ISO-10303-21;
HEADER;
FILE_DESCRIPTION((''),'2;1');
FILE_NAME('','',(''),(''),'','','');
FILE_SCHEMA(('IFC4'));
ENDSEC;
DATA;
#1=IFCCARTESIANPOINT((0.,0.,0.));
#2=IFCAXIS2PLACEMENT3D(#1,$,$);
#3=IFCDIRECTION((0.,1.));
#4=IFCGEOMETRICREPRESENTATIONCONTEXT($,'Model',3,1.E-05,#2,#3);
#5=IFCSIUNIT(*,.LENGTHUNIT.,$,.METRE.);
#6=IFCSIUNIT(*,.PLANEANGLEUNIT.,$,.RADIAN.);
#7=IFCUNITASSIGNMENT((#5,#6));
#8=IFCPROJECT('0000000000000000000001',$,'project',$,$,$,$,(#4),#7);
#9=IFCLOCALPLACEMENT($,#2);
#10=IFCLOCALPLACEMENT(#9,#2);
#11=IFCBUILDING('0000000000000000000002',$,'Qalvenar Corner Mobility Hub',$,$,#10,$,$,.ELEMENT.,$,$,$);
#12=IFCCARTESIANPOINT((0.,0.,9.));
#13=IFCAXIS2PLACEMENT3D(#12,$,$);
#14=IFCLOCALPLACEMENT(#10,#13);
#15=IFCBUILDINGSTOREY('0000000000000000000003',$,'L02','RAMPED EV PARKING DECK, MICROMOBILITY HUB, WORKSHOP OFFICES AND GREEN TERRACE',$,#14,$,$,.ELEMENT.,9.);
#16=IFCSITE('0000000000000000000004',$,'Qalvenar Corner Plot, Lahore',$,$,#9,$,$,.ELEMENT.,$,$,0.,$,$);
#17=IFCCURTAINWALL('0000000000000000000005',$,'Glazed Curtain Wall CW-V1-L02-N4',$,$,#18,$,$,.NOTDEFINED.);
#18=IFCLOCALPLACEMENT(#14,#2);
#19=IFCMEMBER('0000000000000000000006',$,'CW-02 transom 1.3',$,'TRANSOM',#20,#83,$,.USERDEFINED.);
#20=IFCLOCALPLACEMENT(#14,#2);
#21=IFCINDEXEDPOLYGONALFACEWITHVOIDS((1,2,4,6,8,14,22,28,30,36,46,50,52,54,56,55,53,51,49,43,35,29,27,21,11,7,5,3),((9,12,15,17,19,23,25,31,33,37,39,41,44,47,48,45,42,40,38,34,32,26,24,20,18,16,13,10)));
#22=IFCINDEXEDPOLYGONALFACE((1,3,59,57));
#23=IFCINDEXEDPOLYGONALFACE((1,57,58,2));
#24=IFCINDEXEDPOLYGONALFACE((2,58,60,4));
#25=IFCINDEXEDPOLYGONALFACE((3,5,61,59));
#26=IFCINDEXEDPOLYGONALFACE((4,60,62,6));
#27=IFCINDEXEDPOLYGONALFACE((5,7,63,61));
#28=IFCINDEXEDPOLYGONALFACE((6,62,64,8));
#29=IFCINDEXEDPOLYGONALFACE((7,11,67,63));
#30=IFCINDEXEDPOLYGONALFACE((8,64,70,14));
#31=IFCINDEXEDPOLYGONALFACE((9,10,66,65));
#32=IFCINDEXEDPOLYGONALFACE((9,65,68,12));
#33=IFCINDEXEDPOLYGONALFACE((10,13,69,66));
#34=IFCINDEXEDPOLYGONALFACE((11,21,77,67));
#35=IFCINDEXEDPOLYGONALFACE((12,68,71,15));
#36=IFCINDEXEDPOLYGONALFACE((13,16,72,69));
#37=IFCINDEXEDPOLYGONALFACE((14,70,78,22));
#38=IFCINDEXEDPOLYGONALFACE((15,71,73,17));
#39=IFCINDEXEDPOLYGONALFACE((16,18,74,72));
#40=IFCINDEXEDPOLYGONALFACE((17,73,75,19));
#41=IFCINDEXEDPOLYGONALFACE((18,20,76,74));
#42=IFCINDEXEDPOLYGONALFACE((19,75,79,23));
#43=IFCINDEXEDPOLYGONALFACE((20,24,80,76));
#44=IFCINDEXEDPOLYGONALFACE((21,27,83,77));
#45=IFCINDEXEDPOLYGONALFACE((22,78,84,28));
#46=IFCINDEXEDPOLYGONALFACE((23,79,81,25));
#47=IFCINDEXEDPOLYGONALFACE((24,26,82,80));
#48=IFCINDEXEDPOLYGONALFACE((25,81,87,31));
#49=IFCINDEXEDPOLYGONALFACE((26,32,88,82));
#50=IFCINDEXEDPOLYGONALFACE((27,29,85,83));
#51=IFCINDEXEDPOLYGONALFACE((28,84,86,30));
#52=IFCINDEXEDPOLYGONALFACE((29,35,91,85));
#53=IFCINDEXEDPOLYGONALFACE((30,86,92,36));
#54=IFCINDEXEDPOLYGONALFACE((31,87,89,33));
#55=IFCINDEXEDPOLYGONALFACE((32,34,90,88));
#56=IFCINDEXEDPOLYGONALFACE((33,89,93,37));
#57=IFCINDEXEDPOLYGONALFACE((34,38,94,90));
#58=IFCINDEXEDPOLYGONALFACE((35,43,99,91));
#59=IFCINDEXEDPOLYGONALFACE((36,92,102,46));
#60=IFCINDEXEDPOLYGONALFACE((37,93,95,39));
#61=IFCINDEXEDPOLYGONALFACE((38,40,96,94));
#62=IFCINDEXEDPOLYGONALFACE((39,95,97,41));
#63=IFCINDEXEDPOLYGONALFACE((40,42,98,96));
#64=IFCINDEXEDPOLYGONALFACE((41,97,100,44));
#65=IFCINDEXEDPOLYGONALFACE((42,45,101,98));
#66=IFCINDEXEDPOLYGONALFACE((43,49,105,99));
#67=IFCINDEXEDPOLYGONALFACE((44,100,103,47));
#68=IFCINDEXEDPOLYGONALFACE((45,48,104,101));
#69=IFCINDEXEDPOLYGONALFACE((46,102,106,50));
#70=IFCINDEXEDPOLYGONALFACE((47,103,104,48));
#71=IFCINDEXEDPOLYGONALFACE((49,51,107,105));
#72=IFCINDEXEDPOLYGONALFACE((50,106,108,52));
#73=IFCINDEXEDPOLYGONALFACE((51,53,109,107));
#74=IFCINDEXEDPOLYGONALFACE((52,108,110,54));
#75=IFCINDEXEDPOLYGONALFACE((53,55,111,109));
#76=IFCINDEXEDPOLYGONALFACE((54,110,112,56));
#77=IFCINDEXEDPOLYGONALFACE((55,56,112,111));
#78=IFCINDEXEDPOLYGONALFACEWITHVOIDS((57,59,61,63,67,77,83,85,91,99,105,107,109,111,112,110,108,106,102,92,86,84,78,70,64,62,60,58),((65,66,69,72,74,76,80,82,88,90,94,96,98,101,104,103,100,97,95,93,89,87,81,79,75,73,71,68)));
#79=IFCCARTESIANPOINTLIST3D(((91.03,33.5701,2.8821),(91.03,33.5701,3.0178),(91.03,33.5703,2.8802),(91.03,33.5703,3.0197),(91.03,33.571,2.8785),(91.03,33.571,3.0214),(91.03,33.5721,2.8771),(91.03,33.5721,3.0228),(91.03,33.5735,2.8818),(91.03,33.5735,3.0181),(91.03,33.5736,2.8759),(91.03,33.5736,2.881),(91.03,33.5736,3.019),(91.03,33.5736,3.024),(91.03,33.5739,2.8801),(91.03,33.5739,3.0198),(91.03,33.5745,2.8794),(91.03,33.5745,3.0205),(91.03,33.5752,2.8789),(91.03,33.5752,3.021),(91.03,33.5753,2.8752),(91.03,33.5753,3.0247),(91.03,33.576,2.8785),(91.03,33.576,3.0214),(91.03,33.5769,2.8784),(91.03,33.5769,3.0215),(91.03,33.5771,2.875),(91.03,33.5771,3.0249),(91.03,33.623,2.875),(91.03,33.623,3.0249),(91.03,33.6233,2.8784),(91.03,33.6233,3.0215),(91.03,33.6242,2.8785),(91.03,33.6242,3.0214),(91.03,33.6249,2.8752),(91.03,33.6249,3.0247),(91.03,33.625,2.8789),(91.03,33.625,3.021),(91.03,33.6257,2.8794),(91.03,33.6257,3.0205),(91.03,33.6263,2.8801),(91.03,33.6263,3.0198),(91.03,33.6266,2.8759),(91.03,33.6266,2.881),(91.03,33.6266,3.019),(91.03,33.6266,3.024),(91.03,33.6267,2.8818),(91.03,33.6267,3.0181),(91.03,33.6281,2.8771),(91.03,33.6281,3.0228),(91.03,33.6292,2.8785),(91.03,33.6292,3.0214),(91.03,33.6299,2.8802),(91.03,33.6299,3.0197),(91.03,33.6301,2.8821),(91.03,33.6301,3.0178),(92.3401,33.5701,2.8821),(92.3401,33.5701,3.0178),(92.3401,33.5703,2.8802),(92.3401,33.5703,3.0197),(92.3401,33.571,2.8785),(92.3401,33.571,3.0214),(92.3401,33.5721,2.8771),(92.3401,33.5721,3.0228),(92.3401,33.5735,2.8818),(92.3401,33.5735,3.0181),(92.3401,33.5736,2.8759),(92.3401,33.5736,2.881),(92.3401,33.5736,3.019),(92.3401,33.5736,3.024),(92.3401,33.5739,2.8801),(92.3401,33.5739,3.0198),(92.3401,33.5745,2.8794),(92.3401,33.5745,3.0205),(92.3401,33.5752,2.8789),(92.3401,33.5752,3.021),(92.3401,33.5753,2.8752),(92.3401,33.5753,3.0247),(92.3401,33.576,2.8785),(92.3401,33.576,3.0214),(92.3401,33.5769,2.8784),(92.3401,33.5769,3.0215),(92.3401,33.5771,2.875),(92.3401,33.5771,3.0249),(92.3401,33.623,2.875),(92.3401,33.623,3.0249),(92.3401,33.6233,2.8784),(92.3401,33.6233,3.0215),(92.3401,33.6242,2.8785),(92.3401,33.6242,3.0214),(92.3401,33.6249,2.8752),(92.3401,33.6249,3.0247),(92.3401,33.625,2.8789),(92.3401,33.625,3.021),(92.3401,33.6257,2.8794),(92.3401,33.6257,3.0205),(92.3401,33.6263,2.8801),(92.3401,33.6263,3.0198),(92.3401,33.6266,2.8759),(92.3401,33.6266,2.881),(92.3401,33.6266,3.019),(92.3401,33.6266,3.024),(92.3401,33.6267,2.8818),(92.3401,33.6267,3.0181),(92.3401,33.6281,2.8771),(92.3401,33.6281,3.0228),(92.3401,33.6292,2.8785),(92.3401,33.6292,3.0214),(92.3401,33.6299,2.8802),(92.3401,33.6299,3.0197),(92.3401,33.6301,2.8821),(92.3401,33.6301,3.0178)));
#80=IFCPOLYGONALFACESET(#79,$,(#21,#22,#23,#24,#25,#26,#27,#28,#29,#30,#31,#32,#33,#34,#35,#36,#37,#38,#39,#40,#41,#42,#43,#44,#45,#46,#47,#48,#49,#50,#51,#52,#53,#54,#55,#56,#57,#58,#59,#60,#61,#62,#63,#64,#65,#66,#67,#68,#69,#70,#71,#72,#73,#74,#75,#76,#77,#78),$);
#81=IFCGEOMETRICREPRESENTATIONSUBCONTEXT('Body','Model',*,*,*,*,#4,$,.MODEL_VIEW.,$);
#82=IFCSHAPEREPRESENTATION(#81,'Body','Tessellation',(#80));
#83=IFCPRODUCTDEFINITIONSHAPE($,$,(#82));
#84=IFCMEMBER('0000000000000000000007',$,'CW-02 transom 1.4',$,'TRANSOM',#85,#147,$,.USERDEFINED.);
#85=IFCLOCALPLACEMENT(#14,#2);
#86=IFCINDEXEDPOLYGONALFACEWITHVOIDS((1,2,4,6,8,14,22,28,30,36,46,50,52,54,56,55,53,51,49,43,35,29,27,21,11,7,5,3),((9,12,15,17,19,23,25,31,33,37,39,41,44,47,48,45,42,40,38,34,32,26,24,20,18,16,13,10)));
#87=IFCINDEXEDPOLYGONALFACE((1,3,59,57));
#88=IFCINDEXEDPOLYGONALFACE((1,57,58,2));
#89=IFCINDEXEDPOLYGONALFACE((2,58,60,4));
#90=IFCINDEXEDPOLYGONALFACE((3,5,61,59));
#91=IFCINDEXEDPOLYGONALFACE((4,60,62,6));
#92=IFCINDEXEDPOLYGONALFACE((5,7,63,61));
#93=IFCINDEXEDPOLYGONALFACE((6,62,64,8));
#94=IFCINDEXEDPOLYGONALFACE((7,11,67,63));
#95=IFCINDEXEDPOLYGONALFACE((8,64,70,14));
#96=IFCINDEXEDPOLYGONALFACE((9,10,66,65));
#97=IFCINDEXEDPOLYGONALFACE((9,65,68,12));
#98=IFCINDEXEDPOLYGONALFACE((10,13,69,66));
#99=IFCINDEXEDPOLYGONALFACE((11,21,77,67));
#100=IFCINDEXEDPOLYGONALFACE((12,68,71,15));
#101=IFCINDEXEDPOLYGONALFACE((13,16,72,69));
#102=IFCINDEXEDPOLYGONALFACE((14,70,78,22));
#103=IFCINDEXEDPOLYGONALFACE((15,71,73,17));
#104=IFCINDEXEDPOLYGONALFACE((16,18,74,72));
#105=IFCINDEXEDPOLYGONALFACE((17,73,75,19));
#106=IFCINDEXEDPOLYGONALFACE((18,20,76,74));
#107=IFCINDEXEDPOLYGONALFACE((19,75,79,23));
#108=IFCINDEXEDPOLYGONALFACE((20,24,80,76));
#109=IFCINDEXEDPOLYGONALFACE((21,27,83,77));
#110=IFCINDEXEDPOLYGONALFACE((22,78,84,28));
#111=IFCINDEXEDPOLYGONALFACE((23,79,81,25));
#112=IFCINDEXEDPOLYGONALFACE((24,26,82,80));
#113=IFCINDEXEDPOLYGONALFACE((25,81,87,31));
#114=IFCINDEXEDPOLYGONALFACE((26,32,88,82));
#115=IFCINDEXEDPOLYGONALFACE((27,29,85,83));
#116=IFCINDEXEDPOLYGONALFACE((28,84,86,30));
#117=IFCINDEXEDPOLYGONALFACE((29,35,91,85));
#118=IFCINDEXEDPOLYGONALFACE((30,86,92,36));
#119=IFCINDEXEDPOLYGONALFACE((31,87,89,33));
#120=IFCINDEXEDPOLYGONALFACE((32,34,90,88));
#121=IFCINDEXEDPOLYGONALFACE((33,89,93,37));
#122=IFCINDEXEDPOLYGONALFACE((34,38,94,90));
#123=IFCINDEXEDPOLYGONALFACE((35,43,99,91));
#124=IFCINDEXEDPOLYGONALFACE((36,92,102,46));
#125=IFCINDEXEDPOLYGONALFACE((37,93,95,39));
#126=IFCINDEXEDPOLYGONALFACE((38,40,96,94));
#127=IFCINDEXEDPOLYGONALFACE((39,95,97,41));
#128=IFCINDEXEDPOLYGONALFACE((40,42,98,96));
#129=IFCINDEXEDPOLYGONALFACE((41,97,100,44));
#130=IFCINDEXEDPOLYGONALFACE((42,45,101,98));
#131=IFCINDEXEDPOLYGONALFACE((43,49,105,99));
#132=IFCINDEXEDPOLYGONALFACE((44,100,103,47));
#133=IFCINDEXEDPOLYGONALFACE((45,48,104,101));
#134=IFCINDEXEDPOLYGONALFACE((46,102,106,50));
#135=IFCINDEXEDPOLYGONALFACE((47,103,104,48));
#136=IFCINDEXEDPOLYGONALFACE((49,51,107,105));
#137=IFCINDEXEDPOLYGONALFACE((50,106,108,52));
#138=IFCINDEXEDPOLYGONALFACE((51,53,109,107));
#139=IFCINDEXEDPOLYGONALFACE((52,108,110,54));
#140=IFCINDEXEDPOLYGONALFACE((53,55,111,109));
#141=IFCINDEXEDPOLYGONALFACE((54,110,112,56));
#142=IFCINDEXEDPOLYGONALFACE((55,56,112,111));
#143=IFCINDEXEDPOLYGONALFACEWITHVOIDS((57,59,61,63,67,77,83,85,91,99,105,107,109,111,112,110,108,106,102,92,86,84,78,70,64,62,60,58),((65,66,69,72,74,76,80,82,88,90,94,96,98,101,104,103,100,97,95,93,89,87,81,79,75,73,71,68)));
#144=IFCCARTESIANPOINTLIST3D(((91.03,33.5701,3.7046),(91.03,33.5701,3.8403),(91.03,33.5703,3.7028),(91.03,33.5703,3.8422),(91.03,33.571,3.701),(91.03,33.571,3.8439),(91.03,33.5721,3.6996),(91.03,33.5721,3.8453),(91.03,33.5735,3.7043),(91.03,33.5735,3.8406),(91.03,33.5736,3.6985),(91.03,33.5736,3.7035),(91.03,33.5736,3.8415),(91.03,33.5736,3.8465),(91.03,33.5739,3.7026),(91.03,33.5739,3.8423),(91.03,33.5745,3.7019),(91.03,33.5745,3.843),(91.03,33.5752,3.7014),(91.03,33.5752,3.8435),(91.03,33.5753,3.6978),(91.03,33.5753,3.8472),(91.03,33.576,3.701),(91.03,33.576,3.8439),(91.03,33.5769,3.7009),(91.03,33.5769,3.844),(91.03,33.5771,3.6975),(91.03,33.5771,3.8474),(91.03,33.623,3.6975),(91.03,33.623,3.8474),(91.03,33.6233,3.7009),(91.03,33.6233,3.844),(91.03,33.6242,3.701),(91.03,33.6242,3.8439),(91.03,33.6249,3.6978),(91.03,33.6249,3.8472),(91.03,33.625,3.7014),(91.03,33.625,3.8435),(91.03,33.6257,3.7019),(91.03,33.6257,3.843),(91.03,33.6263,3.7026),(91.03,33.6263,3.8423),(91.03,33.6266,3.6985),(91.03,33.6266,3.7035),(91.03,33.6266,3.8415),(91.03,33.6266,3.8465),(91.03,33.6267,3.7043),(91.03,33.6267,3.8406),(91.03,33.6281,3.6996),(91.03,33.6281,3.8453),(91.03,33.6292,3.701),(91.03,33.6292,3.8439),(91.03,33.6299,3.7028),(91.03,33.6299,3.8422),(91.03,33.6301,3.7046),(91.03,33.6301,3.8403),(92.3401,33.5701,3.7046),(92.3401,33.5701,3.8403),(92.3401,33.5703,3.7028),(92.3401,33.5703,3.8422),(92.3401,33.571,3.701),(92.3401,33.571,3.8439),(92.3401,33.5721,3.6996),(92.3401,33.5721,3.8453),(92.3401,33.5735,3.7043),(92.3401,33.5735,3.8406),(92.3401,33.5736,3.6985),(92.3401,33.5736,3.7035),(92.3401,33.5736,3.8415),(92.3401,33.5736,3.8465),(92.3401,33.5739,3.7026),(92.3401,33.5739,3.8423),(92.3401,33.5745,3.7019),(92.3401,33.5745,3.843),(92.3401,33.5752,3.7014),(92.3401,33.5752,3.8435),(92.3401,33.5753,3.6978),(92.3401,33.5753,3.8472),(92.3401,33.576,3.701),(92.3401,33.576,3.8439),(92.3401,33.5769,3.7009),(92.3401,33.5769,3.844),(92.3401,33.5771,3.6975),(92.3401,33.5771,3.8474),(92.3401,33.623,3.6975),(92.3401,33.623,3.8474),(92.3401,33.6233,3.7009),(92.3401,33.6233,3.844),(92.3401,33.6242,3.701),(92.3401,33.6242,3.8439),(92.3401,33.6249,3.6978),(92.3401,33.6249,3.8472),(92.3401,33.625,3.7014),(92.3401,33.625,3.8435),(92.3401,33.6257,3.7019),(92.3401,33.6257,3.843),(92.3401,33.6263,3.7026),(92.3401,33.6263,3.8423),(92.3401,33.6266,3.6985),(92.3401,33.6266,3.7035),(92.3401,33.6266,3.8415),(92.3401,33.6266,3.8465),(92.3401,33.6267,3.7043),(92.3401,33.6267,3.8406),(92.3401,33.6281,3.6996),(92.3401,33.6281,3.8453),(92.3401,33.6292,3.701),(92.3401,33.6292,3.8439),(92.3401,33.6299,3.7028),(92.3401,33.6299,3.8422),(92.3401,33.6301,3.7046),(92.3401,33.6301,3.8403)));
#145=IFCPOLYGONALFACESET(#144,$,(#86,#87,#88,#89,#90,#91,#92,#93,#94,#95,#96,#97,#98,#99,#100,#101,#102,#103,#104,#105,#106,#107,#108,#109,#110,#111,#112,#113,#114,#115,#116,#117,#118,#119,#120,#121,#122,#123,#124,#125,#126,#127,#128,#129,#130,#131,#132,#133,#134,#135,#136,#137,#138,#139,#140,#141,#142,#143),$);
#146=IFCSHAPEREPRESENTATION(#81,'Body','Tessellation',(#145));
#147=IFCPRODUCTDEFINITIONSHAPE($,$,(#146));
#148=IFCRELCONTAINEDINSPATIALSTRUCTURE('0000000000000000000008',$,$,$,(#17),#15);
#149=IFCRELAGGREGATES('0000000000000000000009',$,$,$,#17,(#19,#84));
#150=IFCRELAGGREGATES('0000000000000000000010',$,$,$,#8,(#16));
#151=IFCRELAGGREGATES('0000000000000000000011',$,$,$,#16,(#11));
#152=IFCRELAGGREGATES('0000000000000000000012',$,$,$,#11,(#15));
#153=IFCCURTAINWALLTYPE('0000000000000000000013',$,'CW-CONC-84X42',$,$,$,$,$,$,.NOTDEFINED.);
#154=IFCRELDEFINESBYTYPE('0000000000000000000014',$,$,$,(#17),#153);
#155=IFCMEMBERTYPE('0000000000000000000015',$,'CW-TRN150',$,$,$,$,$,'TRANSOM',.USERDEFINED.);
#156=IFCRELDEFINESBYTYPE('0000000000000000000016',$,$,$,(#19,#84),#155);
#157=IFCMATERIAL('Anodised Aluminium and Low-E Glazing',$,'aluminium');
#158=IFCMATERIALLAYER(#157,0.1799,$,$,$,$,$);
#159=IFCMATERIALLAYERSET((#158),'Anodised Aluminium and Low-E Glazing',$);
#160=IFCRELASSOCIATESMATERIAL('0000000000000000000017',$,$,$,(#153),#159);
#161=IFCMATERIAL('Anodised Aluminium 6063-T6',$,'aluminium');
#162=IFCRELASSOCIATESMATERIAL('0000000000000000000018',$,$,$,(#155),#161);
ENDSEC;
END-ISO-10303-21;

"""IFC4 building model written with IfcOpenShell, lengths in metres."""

from ifc_helpers import new_model, si_unit, direction, frame, origin, origin_2d, place, context, subcontext, project, spatial, hollow_rectangle, extrude, material, layer, layer_set, material_profile, profile_set, type_object, element, aggregate, save


model = new_model("IFC4")

# Units and contexts
model_context = context("Model", 3, precision=1e-05, world=origin(), true_north=direction((0.0, 1.0)))
body_context = subcontext(model_context, "Body", "Model", "MODEL_VIEW")
ifc_project = project(units=[si_unit("LENGTHUNIT", "METRE"), si_unit("PLANEANGLEUNIT", "RADIAN")], contexts=[model_context])

# Site, building, storey
site_placement = place(None, origin())
site = spatial("IfcSite", under=ifc_project, at=site_placement, Name="Qalvenar Corner Plot, Lahore", CompositionType="ELEMENT", RefElevation=0.0)
building_placement = place(site_placement, origin())
building = spatial("IfcBuilding", under=site, at=building_placement, Name="Qalvenar Corner Mobility Hub", CompositionType="ELEMENT")
storey_placement = place(building_placement, frame((0.0, 0.0, 9.0)))
storey = spatial("IfcBuildingStorey", under=building, at=storey_placement, Name="L02", Description="RAMPED EV PARKING DECK, MICROMOBILITY HUB, WORKSHOP OFFICES AND GREEN TERRACE", CompositionType="ELEMENT", Elevation=9.0)

# Curtain wall, members
ifc_material_1 = material(Name="Anodised Aluminium and Low-E Glazing", Category="aluminium")
ifc_layer_1 = layer(ifc_material_1, 0.1799)
ifc_layer_set_1 = layer_set([ifc_layer_1], Name="Anodised Aluminium and Low-E Glazing")
curtain_wall_type = type_object("IfcCurtainWallType", Name="CW-CONC-84X42", PredefinedType="NOTDEFINED", material=ifc_layer_set_1)
curtain_wall_placement = place(storey_placement, origin())
curtain_wall = element("IfcCurtainWall", 1, at=curtain_wall_placement, inside=storey, type_object=curtain_wall_type, Name="Glazed Curtain Wall CW-V1-L02-N4", PredefinedType="NOTDEFINED")
ifc_material_2 = material(Name="Anodised Aluminium 6063-T6", Category="aluminium")
ifc_material_profile_1 = material_profile(ifc_material_2, hollow_rectangle(XDim=0.0601, YDim=0.1499, WallThickness=0.0034, InnerFilletRadius=0.0034, OuterFilletRadius=0.0071, at=origin_2d()), Name="RHS150x60x3.5")
ifc_profile_set_1 = profile_set([ifc_material_profile_1], Name="Anodised Aluminium 6063-T6")
member_type_1 = type_object("IfcMemberType", Name="CW-TRN150", ElementType="TRANSOM", PredefinedType="USERDEFINED", material=ifc_profile_set_1)
member_1_placement = place(storey_placement, frame((92.3401, 33.6001, 2.95), z_axis=(-1.0, 0.0, 0.0), x_axis=(0.0, -1.0, 0.0)))
member_1 = element("IfcMember", 2, at=member_1_placement, type_object=member_type_1, Name="CW-02 transom 1.3", ObjectType="TRANSOM", PredefinedType="USERDEFINED", context=body_context, shape_type="SweptSolid", body=[
    extrude(hollow_rectangle(XDim=0.0601, YDim=0.1499, WallThickness=0.0034, InnerFilletRadius=0.0034, OuterFilletRadius=0.0071, at=origin_2d()), origin(), (0.0, 0.0, 1.0), 1.3101),
])
member_2_placement = place(storey_placement, frame((92.3401, 33.6001, 3.7725), z_axis=(-1.0, 0.0, 0.0), x_axis=(0.0, -1.0, 0.0)))
member_2 = element("IfcMember", 3, at=member_2_placement, type_object=member_type_1, Name="CW-02 transom 1.4", ObjectType="TRANSOM", PredefinedType="USERDEFINED", context=body_context, shape_type="SweptSolid", body=[
    extrude(hollow_rectangle(XDim=0.0601, YDim=0.1499, WallThickness=0.0034, InnerFilletRadius=0.0034, OuterFilletRadius=0.0071, at=origin_2d()), origin(), (0.0, 0.0, 1.0), 1.3101),
])
aggregate(curtain_wall, [member_1, member_2])

save(model, "model.ifc")
